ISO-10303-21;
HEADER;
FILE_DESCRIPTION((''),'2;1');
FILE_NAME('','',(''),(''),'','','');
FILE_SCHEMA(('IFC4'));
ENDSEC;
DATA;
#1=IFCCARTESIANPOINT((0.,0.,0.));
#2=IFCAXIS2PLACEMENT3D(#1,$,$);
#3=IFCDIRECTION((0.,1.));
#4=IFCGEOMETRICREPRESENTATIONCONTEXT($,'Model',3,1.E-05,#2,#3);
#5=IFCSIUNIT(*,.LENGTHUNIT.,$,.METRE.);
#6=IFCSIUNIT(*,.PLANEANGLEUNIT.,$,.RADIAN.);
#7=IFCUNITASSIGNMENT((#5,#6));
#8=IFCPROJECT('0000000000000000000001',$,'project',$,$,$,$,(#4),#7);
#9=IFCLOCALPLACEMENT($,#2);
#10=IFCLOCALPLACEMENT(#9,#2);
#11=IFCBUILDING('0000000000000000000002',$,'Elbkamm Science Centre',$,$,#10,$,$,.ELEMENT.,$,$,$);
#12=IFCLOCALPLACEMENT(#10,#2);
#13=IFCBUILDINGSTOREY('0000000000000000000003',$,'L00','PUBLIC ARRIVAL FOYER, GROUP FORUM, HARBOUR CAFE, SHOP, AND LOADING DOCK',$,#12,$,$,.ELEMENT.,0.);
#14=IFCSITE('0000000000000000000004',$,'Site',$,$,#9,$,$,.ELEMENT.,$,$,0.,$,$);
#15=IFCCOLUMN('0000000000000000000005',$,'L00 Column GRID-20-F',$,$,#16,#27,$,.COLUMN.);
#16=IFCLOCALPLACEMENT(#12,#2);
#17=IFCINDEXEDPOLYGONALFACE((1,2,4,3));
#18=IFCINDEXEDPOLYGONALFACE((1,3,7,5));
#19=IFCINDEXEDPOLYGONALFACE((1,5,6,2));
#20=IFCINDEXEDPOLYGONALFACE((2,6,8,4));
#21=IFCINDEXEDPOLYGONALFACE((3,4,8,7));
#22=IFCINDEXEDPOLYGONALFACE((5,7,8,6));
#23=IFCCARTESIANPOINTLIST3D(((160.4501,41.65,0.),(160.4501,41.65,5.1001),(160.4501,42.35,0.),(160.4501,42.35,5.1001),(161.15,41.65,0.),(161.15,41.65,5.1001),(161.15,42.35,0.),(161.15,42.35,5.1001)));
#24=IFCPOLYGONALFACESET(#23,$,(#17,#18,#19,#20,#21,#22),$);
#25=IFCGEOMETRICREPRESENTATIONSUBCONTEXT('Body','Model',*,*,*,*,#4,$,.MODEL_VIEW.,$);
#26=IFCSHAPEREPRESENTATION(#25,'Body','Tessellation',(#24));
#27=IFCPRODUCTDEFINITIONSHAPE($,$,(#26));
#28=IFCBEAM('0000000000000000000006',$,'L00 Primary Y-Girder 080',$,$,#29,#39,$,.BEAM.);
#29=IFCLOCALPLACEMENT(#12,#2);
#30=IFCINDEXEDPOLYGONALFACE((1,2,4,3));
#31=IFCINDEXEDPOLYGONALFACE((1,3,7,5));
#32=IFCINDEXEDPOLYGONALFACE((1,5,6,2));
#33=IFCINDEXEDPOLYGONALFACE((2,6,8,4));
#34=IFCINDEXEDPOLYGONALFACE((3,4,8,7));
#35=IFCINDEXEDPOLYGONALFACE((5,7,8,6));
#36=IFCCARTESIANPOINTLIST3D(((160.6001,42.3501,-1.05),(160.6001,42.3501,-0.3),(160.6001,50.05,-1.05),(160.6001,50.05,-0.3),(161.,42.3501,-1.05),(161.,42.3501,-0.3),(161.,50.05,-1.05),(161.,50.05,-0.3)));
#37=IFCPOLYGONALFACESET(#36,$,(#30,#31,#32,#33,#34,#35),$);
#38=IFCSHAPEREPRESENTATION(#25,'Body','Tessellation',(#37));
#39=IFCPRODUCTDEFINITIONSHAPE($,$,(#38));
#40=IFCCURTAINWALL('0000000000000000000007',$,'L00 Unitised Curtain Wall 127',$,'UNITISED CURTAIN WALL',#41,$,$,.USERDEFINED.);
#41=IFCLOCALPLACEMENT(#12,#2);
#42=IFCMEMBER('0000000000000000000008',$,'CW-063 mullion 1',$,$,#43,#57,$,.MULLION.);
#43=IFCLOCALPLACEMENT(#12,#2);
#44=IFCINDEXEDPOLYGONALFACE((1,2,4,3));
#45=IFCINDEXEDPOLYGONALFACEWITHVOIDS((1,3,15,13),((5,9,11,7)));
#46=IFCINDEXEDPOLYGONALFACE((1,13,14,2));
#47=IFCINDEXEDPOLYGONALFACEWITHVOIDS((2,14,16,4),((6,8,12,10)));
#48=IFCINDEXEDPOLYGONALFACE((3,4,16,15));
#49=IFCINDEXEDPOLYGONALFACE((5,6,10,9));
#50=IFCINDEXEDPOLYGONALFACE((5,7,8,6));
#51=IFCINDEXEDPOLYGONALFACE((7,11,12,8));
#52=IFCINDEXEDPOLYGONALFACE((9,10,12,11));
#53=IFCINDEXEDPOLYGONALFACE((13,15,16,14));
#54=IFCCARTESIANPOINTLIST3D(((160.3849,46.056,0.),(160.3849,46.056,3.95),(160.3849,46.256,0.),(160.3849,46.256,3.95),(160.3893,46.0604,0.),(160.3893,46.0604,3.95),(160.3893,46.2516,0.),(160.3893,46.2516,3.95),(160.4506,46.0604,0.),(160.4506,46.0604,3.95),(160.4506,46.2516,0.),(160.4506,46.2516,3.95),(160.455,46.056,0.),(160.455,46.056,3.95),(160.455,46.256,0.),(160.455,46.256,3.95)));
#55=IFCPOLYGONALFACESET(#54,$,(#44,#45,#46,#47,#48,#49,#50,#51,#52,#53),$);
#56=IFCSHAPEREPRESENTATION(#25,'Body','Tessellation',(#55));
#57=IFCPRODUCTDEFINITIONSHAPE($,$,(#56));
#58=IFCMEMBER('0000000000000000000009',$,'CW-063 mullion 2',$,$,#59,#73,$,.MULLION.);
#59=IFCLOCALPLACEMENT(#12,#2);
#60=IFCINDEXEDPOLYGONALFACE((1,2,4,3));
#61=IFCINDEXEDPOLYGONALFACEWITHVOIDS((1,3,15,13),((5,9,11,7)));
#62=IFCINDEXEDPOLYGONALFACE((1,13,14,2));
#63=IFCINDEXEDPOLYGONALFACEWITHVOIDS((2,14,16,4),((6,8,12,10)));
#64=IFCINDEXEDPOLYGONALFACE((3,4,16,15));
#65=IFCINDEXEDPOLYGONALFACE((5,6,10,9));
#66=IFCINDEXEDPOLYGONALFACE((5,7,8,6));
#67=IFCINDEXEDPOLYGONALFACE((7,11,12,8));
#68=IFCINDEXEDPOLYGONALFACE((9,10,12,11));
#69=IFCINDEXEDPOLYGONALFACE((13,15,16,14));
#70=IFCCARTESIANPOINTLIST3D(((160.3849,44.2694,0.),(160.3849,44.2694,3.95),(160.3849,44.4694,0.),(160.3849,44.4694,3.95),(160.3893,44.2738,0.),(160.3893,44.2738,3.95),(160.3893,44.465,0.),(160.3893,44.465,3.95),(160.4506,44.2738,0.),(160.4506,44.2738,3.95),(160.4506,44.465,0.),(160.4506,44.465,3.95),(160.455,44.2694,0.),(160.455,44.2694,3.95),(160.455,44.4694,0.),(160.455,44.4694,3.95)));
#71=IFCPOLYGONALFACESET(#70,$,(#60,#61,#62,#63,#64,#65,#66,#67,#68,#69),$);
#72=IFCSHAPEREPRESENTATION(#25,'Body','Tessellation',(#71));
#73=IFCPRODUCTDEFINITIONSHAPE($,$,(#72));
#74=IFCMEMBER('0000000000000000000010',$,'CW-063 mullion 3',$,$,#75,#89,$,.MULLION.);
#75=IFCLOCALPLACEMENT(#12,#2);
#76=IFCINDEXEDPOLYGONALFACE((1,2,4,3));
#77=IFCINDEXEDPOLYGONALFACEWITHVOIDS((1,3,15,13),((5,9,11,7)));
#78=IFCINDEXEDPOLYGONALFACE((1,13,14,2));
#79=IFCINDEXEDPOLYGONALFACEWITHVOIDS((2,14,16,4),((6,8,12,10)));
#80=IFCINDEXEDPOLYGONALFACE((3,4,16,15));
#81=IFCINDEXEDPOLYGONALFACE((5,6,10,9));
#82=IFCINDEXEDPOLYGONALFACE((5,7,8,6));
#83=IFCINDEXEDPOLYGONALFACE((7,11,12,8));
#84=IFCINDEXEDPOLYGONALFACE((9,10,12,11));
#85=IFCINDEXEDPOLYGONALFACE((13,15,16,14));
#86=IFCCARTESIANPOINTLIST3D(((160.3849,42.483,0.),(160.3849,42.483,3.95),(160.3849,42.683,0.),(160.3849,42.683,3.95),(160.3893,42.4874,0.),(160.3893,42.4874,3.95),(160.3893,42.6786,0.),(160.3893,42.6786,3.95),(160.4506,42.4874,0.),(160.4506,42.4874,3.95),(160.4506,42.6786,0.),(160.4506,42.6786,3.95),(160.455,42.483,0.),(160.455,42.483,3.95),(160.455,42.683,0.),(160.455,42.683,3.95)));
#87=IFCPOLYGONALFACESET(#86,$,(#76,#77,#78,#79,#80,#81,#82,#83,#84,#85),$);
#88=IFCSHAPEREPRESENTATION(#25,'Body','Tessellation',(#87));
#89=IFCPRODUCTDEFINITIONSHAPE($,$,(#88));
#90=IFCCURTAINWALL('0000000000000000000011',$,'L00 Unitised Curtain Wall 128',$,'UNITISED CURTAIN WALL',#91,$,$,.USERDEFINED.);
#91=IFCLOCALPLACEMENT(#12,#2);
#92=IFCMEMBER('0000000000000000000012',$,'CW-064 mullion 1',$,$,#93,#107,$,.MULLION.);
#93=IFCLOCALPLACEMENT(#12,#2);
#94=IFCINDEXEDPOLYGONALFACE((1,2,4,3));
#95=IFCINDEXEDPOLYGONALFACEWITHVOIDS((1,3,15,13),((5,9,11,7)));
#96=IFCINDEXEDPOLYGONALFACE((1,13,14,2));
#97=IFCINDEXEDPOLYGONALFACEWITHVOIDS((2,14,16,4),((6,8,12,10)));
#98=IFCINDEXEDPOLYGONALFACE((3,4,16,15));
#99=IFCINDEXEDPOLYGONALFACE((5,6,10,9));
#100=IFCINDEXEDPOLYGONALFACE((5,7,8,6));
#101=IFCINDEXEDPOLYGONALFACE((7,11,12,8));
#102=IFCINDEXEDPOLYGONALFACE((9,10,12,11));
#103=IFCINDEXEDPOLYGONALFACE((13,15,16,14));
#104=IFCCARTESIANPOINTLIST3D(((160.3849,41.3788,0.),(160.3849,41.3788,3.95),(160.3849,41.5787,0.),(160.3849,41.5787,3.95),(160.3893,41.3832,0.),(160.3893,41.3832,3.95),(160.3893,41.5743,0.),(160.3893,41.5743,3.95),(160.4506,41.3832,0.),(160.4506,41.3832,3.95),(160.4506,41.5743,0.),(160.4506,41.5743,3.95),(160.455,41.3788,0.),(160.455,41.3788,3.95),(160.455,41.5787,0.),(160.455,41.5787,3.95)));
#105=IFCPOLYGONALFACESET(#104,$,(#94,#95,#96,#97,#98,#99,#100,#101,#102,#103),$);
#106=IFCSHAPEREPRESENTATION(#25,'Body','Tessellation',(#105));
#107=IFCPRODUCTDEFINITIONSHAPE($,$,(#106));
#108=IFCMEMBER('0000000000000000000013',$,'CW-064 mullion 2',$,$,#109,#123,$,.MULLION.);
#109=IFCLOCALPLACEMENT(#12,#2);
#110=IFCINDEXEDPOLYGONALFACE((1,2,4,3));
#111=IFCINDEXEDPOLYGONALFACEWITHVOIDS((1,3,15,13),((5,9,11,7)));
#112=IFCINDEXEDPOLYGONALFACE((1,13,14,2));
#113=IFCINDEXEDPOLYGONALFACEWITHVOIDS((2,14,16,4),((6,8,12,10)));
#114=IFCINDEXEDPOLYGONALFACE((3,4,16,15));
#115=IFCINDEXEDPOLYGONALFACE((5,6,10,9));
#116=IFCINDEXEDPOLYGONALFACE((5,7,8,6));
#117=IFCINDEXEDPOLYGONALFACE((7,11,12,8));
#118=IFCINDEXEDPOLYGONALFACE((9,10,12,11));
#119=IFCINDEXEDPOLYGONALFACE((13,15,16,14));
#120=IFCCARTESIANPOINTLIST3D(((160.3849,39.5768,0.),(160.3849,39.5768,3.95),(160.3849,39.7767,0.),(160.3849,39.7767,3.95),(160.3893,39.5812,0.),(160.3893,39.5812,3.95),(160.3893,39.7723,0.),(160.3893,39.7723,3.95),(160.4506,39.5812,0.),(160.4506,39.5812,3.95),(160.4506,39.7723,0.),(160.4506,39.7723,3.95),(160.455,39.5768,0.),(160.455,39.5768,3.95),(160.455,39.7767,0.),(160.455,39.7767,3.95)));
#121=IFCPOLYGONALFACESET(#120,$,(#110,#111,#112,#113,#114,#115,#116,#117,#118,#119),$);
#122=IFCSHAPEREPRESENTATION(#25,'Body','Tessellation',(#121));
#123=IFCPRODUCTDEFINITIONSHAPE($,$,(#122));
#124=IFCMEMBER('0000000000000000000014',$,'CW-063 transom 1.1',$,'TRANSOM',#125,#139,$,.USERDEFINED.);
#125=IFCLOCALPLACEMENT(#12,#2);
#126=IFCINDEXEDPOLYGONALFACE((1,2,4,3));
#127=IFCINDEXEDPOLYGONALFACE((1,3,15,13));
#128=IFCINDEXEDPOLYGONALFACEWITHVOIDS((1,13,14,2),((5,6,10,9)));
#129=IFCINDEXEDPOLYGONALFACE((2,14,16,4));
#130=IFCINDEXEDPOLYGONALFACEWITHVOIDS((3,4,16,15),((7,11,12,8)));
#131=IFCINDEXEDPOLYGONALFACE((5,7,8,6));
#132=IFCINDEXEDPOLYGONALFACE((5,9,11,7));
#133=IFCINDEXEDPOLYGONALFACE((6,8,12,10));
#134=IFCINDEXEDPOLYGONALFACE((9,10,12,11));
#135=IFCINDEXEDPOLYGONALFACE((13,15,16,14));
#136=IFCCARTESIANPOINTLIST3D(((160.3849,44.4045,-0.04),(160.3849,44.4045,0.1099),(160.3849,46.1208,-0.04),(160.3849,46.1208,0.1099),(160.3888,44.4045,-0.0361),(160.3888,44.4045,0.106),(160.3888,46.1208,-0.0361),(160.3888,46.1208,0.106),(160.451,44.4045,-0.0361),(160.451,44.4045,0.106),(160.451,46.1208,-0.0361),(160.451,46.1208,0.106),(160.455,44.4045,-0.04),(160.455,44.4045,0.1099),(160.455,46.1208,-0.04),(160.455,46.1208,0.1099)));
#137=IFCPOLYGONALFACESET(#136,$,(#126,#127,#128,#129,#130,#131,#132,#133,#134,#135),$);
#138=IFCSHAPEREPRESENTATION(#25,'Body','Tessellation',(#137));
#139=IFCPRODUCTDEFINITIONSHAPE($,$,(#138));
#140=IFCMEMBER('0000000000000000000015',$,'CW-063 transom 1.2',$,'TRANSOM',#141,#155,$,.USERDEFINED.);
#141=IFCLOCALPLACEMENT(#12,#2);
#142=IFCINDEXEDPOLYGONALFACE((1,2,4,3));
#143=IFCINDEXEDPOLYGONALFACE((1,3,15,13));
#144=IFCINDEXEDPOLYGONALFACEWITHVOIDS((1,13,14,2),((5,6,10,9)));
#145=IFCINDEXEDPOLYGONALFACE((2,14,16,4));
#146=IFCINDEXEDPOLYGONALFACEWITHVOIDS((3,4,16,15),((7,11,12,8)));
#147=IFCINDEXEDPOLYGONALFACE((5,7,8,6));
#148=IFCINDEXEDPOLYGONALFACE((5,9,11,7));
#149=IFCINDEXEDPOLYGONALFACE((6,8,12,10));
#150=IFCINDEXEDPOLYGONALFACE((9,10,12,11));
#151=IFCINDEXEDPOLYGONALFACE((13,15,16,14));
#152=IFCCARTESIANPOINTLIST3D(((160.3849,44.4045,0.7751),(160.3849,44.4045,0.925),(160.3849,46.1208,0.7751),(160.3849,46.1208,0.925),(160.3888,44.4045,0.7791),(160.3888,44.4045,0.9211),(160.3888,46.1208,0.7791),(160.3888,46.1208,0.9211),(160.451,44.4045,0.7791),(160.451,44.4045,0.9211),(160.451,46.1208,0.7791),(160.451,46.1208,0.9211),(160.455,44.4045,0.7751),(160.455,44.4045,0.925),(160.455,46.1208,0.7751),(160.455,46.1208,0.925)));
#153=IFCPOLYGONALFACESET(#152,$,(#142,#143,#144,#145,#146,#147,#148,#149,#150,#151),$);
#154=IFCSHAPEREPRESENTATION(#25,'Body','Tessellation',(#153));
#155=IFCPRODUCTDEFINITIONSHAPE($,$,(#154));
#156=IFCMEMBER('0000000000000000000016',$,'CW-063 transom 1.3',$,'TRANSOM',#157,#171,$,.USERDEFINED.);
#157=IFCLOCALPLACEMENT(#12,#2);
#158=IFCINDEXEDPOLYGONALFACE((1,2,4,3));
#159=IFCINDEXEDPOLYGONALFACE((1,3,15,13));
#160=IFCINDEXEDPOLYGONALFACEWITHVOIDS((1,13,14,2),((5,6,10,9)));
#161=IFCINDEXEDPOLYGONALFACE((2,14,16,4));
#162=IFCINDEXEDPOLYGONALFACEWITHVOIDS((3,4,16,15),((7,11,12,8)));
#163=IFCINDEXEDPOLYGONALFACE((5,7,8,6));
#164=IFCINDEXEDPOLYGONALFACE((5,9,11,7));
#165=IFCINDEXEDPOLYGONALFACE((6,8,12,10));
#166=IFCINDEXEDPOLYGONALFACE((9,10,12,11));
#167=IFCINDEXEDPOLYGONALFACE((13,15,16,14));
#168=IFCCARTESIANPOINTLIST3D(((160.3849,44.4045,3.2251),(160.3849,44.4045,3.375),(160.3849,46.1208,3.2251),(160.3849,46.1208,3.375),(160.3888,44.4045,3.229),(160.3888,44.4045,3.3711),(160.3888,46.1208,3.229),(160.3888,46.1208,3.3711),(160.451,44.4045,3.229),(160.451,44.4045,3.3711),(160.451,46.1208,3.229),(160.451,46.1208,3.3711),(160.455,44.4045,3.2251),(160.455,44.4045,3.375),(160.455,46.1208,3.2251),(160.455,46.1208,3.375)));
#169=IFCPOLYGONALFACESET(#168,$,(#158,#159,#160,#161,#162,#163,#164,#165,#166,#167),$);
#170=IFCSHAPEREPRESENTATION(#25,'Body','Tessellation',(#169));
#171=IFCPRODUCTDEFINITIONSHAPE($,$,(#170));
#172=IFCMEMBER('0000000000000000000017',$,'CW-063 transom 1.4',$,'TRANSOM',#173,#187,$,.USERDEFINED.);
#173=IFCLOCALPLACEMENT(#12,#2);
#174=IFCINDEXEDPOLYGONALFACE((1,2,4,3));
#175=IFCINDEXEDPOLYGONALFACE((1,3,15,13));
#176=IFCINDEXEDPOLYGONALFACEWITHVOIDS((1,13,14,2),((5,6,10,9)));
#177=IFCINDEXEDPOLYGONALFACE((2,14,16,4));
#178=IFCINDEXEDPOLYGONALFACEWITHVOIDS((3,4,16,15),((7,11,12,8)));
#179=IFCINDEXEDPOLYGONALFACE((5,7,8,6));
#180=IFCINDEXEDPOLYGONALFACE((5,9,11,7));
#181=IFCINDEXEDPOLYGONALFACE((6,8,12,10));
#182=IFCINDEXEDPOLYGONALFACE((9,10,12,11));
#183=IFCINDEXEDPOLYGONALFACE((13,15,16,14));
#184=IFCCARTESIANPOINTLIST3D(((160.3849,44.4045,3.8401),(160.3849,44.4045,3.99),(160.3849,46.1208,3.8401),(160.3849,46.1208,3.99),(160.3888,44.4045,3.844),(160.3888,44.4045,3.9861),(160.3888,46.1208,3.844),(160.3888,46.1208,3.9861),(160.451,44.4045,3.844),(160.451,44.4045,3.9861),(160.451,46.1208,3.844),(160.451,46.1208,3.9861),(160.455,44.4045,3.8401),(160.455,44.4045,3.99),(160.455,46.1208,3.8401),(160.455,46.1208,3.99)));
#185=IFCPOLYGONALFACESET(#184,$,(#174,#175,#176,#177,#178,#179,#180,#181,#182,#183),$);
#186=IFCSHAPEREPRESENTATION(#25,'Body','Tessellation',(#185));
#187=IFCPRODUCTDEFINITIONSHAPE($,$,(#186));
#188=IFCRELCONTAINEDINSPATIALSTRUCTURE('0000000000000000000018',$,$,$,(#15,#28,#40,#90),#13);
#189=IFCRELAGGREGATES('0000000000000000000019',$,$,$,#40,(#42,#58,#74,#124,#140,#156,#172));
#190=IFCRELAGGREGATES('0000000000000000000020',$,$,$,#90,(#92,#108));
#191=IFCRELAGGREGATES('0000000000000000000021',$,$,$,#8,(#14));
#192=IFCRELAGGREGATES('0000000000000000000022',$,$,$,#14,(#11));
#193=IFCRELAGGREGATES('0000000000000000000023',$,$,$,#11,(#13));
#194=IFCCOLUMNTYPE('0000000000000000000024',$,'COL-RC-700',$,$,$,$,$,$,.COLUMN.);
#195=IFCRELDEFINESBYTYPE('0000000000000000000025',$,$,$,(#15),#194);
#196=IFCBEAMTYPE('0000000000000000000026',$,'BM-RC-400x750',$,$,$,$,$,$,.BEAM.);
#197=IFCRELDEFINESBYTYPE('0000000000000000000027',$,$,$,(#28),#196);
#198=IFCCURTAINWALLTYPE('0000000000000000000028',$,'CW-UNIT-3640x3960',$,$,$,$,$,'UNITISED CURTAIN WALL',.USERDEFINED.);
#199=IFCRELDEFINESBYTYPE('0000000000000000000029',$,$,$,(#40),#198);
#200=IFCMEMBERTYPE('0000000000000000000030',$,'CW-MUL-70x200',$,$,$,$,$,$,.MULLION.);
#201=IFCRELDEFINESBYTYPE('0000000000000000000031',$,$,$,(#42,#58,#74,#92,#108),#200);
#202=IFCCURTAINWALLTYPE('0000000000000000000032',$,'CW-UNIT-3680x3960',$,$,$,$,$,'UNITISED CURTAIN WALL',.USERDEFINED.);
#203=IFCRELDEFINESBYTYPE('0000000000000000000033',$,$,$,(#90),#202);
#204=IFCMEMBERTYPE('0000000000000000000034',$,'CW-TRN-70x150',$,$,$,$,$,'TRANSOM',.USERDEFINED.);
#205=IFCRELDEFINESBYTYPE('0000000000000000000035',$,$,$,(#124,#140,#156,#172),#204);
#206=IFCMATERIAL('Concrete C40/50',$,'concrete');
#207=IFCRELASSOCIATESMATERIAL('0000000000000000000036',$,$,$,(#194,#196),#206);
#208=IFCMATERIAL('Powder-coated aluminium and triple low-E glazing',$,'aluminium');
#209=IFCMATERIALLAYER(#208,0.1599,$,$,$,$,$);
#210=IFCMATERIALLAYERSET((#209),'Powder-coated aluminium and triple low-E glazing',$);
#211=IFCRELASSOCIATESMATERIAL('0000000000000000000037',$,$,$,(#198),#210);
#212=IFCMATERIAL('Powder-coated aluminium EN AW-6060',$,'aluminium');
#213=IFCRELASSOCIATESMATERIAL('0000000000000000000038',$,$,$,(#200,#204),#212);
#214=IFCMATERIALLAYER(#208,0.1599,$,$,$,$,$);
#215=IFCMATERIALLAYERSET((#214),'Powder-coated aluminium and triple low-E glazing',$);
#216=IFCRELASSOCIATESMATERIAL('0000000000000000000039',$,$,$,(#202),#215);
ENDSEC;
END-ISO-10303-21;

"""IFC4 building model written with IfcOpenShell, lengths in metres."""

from ifc_helpers import new_model, si_unit, direction, frame, origin, origin_2d, place, context, subcontext, project, spatial, rectangle, hollow_rectangle, extrude, material, layer, layer_set, material_profile, profile_set, type_object, element, aggregate, save


model = new_model("IFC4")

# Units and contexts
model_context = context("Model", 3, precision=1e-05, world=origin(), true_north=direction((0.0, 1.0)))
body_context = subcontext(model_context, "Body", "Model", "MODEL_VIEW")
ifc_project = project(units=[si_unit("LENGTHUNIT", "METRE"), si_unit("PLANEANGLEUNIT", "RADIAN")], contexts=[model_context])

# Site, building, storey
site_placement = place(None, origin())
site = spatial("IfcSite", under=ifc_project, at=site_placement, Name="Site", CompositionType="ELEMENT", RefElevation=0.0)
building_placement = place(site_placement, origin())
building = spatial("IfcBuilding", under=site, at=building_placement, Name="Elbkamm Science Centre", CompositionType="ELEMENT")
storey_placement = place(building_placement, origin())
storey = spatial("IfcBuildingStorey", under=building, at=storey_placement, Name="L00", Description="PUBLIC ARRIVAL FOYER, GROUP FORUM, HARBOUR CAFE, SHOP, AND LOADING DOCK", CompositionType="ELEMENT", Elevation=0.0)

# Column
ifc_material_1 = material(Name="Concrete C40/50", Category="concrete")
ifc_material_profile_1 = material_profile(ifc_material_1, rectangle(XDim=0.7, YDim=0.7, at=origin_2d()), Name="RC 700x700")
ifc_profile_set_1 = profile_set([ifc_material_profile_1], Name="Concrete C40/50")
column_type = type_object("IfcColumnType", Name="COL-RC-700", PredefinedType="COLUMN", material=ifc_profile_set_1)
column_placement = place(storey_placement, frame((160.8, 42.0, 0.0), z_axis=(0.0, 0.0, 1.0), x_axis=(1.0, 0.0, 0.0)))
element("IfcColumn", 1, at=column_placement, inside=storey, type_object=column_type, Name="L00 Column GRID-20-F", PredefinedType="COLUMN", context=body_context, shape_type="SweptSolid", body=[
    extrude(rectangle(XDim=0.7, YDim=0.7, at=origin_2d()), origin(), (0.0, 0.0, 1.0), 5.1001),
])

# Beam
ifc_material_profile_2 = material_profile(ifc_material_1, rectangle(XDim=0.3999, YDim=0.75, at=origin_2d()), Name="RC 400x750")
ifc_profile_set_2 = profile_set([ifc_material_profile_2], Name="Concrete C40/50")
beam_type = type_object("IfcBeamType", Name="BM-RC-400x750", PredefinedType="BEAM", material=ifc_profile_set_2)
beam_placement = place(storey_placement, frame((160.8, 42.3501, -0.675), z_axis=(0.0, 1.0, 0.0), x_axis=(-1.0, 0.0, 0.0)))
element("IfcBeam", 2, at=beam_placement, inside=storey, type_object=beam_type, Name="L00 Primary Y-Girder 080", PredefinedType="BEAM", context=body_context, shape_type="SweptSolid", body=[
    extrude(rectangle(XDim=0.3999, YDim=0.75, at=origin_2d()), origin(), (0.0, 0.0, 1.0), 7.7),
])

# Curtain walls, members
ifc_material_2 = material(Name="Powder-coated aluminium and triple low-E glazing", Category="aluminium")
ifc_layer_1 = layer(ifc_material_2, 0.1599)
ifc_layer_set_1 = layer_set([ifc_layer_1], Name="Powder-coated aluminium and triple low-E glazing")
curtain_wall_type_1 = type_object("IfcCurtainWallType", Name="CW-UNIT-3640x3960", ElementType="UNITISED CURTAIN WALL", PredefinedType="USERDEFINED", material=ifc_layer_set_1)
curtain_wall_1_placement = place(storey_placement, origin())
curtain_wall_1 = element("IfcCurtainWall", 3, at=curtain_wall_1_placement, inside=storey, type_object=curtain_wall_type_1, Name="L00 Unitised Curtain Wall 127", ObjectType="UNITISED CURTAIN WALL", PredefinedType="USERDEFINED")
ifc_material_3 = material(Name="Powder-coated aluminium EN AW-6060", Category="aluminium")
ifc_material_profile_3 = material_profile(ifc_material_3, hollow_rectangle(XDim=0.0701, YDim=0.2, WallThickness=0.0044, at=origin_2d()), Name="ALU M70x200")
ifc_profile_set_3 = profile_set([ifc_material_profile_3], Name="Powder-coated aluminium EN AW-6060")
member_type_1 = type_object("IfcMemberType", Name="CW-MUL-70x200", PredefinedType="MULLION", material=ifc_profile_set_3)
member_1_placement = place(storey_placement, frame((160.4199, 46.156, 0.0), z_axis=(0.0, 0.0, 1.0), x_axis=(1.0, 0.0, 0.0)))
member_1 = element("IfcMember", 4, at=member_1_placement, type_object=member_type_1, Name="CW-063 mullion 1", PredefinedType="MULLION", context=body_context, shape_type="SweptSolid", body=[
    extrude(hollow_rectangle(XDim=0.0701, YDim=0.2, WallThickness=0.0044, at=origin_2d()), origin(), (0.0, 0.0, 1.0), 3.95),
])
member_2_placement = place(storey_placement, frame((160.4199, 44.3694, 0.0), z_axis=(0.0, 0.0, 1.0), x_axis=(1.0, 0.0, 0.0)))
member_2 = element("IfcMember", 5, at=member_2_placement, type_object=member_type_1, Name="CW-063 mullion 2", PredefinedType="MULLION", context=body_context, shape_type="SweptSolid", body=[
    extrude(hollow_rectangle(XDim=0.0701, YDim=0.2, WallThickness=0.0044, at=origin_2d()), origin(), (0.0, 0.0, 1.0), 3.95),
])
member_3_placement = place(storey_placement, frame((160.4199, 42.583, 0.0), z_axis=(0.0, 0.0, 1.0), x_axis=(1.0, 0.0, 0.0)))
member_3 = element("IfcMember", 6, at=member_3_placement, type_object=member_type_1, Name="CW-063 mullion 3", PredefinedType="MULLION", context=body_context, shape_type="SweptSolid", body=[
    extrude(hollow_rectangle(XDim=0.0701, YDim=0.2, WallThickness=0.0044, at=origin_2d()), origin(), (0.0, 0.0, 1.0), 3.95),
])
ifc_layer_2 = layer(ifc_material_2, 0.1599)
ifc_layer_set_2 = layer_set([ifc_layer_2], Name="Powder-coated aluminium and triple low-E glazing")
curtain_wall_type_2 = type_object("IfcCurtainWallType", Name="CW-UNIT-3680x3960", ElementType="UNITISED CURTAIN WALL", PredefinedType="USERDEFINED", material=ifc_layer_set_2)
curtain_wall_2_placement = place(storey_placement, origin())
curtain_wall_2 = element("IfcCurtainWall", 7, at=curtain_wall_2_placement, inside=storey, type_object=curtain_wall_type_2, Name="L00 Unitised Curtain Wall 128", ObjectType="UNITISED CURTAIN WALL", PredefinedType="USERDEFINED")
member_4_placement = place(storey_placement, frame((160.4199, 41.4788, 0.0), z_axis=(0.0, 0.0, 1.0), x_axis=(1.0, 0.0, 0.0)))
member_4 = element("IfcMember", 8, at=member_4_placement, type_object=member_type_1, Name="CW-064 mullion 1", PredefinedType="MULLION", context=body_context, shape_type="SweptSolid", body=[
    extrude(hollow_rectangle(XDim=0.0701, YDim=0.2, WallThickness=0.0044, at=origin_2d()), origin(), (0.0, 0.0, 1.0), 3.95),
])
member_5_placement = place(storey_placement, frame((160.4199, 39.6768, 0.0), z_axis=(0.0, 0.0, 1.0), x_axis=(1.0, 0.0, 0.0)))
member_5 = element("IfcMember", 9, at=member_5_placement, type_object=member_type_1, Name="CW-064 mullion 2", PredefinedType="MULLION", context=body_context, shape_type="SweptSolid", body=[
    extrude(hollow_rectangle(XDim=0.0701, YDim=0.2, WallThickness=0.0044, at=origin_2d()), origin(), (0.0, 0.0, 1.0), 3.95),
])

# Members
ifc_material_profile_4 = material_profile(ifc_material_3, hollow_rectangle(XDim=0.0701, YDim=0.1499, WallThickness=0.0039, at=origin_2d()), Name="ALU T70x150")
ifc_profile_set_4 = profile_set([ifc_material_profile_4], Name="Powder-coated aluminium EN AW-6060")
member_type_2 = type_object("IfcMemberType", Name="CW-TRN-70x150", ElementType="TRANSOM", PredefinedType="USERDEFINED", material=ifc_profile_set_4)
member_6_placement = place(storey_placement, frame((160.4199, 46.1208, 0.0349), z_axis=(0.0, -1.0, 0.0), x_axis=(1.0, 0.0, 0.0)))
member_6 = element("IfcMember", 10, at=member_6_placement, type_object=member_type_2, Name="CW-063 transom 1.1", ObjectType="TRANSOM", PredefinedType="USERDEFINED", context=body_context, shape_type="SweptSolid", body=[
    extrude(hollow_rectangle(XDim=0.0701, YDim=0.1499, WallThickness=0.0039, at=origin_2d()), origin(), (0.0, 0.0, 1.0), 1.7163),
])
member_7_placement = place(storey_placement, frame((160.4199, 46.1208, 0.8501), z_axis=(0.0, -1.0, 0.0), x_axis=(1.0, 0.0, 0.0)))
member_7 = element("IfcMember", 11, at=member_7_placement, type_object=member_type_2, Name="CW-063 transom 1.2", ObjectType="TRANSOM", PredefinedType="USERDEFINED", context=body_context, shape_type="SweptSolid", body=[
    extrude(hollow_rectangle(XDim=0.0701, YDim=0.1499, WallThickness=0.0039, at=origin_2d()), origin(), (0.0, 0.0, 1.0), 1.7163),
])
member_8_placement = place(storey_placement, frame((160.4199, 46.1208, 3.3), z_axis=(0.0, -1.0, 0.0), x_axis=(1.0, 0.0, 0.0)))
member_8 = element("IfcMember", 12, at=member_8_placement, type_object=member_type_2, Name="CW-063 transom 1.3", ObjectType="TRANSOM", PredefinedType="USERDEFINED", context=body_context, shape_type="SweptSolid", body=[
    extrude(hollow_rectangle(XDim=0.0701, YDim=0.1499, WallThickness=0.0039, at=origin_2d()), origin(), (0.0, 0.0, 1.0), 1.7163),
])
member_9_placement = place(storey_placement, frame((160.4199, 46.1208, 3.915), z_axis=(0.0, -1.0, 0.0), x_axis=(1.0, 0.0, 0.0)))
member_9 = element("IfcMember", 13, at=member_9_placement, type_object=member_type_2, Name="CW-063 transom 1.4", ObjectType="TRANSOM", PredefinedType="USERDEFINED", context=body_context, shape_type="SweptSolid", body=[
    extrude(hollow_rectangle(XDim=0.0701, YDim=0.1499, WallThickness=0.0039, at=origin_2d()), origin(), (0.0, 0.0, 1.0), 1.7163),
])

aggregate(curtain_wall_1, [member_1, member_2, member_3, member_6, member_7, member_8, member_9])
aggregate(curtain_wall_2, [member_4, member_5])

save(model, "model.ifc")
